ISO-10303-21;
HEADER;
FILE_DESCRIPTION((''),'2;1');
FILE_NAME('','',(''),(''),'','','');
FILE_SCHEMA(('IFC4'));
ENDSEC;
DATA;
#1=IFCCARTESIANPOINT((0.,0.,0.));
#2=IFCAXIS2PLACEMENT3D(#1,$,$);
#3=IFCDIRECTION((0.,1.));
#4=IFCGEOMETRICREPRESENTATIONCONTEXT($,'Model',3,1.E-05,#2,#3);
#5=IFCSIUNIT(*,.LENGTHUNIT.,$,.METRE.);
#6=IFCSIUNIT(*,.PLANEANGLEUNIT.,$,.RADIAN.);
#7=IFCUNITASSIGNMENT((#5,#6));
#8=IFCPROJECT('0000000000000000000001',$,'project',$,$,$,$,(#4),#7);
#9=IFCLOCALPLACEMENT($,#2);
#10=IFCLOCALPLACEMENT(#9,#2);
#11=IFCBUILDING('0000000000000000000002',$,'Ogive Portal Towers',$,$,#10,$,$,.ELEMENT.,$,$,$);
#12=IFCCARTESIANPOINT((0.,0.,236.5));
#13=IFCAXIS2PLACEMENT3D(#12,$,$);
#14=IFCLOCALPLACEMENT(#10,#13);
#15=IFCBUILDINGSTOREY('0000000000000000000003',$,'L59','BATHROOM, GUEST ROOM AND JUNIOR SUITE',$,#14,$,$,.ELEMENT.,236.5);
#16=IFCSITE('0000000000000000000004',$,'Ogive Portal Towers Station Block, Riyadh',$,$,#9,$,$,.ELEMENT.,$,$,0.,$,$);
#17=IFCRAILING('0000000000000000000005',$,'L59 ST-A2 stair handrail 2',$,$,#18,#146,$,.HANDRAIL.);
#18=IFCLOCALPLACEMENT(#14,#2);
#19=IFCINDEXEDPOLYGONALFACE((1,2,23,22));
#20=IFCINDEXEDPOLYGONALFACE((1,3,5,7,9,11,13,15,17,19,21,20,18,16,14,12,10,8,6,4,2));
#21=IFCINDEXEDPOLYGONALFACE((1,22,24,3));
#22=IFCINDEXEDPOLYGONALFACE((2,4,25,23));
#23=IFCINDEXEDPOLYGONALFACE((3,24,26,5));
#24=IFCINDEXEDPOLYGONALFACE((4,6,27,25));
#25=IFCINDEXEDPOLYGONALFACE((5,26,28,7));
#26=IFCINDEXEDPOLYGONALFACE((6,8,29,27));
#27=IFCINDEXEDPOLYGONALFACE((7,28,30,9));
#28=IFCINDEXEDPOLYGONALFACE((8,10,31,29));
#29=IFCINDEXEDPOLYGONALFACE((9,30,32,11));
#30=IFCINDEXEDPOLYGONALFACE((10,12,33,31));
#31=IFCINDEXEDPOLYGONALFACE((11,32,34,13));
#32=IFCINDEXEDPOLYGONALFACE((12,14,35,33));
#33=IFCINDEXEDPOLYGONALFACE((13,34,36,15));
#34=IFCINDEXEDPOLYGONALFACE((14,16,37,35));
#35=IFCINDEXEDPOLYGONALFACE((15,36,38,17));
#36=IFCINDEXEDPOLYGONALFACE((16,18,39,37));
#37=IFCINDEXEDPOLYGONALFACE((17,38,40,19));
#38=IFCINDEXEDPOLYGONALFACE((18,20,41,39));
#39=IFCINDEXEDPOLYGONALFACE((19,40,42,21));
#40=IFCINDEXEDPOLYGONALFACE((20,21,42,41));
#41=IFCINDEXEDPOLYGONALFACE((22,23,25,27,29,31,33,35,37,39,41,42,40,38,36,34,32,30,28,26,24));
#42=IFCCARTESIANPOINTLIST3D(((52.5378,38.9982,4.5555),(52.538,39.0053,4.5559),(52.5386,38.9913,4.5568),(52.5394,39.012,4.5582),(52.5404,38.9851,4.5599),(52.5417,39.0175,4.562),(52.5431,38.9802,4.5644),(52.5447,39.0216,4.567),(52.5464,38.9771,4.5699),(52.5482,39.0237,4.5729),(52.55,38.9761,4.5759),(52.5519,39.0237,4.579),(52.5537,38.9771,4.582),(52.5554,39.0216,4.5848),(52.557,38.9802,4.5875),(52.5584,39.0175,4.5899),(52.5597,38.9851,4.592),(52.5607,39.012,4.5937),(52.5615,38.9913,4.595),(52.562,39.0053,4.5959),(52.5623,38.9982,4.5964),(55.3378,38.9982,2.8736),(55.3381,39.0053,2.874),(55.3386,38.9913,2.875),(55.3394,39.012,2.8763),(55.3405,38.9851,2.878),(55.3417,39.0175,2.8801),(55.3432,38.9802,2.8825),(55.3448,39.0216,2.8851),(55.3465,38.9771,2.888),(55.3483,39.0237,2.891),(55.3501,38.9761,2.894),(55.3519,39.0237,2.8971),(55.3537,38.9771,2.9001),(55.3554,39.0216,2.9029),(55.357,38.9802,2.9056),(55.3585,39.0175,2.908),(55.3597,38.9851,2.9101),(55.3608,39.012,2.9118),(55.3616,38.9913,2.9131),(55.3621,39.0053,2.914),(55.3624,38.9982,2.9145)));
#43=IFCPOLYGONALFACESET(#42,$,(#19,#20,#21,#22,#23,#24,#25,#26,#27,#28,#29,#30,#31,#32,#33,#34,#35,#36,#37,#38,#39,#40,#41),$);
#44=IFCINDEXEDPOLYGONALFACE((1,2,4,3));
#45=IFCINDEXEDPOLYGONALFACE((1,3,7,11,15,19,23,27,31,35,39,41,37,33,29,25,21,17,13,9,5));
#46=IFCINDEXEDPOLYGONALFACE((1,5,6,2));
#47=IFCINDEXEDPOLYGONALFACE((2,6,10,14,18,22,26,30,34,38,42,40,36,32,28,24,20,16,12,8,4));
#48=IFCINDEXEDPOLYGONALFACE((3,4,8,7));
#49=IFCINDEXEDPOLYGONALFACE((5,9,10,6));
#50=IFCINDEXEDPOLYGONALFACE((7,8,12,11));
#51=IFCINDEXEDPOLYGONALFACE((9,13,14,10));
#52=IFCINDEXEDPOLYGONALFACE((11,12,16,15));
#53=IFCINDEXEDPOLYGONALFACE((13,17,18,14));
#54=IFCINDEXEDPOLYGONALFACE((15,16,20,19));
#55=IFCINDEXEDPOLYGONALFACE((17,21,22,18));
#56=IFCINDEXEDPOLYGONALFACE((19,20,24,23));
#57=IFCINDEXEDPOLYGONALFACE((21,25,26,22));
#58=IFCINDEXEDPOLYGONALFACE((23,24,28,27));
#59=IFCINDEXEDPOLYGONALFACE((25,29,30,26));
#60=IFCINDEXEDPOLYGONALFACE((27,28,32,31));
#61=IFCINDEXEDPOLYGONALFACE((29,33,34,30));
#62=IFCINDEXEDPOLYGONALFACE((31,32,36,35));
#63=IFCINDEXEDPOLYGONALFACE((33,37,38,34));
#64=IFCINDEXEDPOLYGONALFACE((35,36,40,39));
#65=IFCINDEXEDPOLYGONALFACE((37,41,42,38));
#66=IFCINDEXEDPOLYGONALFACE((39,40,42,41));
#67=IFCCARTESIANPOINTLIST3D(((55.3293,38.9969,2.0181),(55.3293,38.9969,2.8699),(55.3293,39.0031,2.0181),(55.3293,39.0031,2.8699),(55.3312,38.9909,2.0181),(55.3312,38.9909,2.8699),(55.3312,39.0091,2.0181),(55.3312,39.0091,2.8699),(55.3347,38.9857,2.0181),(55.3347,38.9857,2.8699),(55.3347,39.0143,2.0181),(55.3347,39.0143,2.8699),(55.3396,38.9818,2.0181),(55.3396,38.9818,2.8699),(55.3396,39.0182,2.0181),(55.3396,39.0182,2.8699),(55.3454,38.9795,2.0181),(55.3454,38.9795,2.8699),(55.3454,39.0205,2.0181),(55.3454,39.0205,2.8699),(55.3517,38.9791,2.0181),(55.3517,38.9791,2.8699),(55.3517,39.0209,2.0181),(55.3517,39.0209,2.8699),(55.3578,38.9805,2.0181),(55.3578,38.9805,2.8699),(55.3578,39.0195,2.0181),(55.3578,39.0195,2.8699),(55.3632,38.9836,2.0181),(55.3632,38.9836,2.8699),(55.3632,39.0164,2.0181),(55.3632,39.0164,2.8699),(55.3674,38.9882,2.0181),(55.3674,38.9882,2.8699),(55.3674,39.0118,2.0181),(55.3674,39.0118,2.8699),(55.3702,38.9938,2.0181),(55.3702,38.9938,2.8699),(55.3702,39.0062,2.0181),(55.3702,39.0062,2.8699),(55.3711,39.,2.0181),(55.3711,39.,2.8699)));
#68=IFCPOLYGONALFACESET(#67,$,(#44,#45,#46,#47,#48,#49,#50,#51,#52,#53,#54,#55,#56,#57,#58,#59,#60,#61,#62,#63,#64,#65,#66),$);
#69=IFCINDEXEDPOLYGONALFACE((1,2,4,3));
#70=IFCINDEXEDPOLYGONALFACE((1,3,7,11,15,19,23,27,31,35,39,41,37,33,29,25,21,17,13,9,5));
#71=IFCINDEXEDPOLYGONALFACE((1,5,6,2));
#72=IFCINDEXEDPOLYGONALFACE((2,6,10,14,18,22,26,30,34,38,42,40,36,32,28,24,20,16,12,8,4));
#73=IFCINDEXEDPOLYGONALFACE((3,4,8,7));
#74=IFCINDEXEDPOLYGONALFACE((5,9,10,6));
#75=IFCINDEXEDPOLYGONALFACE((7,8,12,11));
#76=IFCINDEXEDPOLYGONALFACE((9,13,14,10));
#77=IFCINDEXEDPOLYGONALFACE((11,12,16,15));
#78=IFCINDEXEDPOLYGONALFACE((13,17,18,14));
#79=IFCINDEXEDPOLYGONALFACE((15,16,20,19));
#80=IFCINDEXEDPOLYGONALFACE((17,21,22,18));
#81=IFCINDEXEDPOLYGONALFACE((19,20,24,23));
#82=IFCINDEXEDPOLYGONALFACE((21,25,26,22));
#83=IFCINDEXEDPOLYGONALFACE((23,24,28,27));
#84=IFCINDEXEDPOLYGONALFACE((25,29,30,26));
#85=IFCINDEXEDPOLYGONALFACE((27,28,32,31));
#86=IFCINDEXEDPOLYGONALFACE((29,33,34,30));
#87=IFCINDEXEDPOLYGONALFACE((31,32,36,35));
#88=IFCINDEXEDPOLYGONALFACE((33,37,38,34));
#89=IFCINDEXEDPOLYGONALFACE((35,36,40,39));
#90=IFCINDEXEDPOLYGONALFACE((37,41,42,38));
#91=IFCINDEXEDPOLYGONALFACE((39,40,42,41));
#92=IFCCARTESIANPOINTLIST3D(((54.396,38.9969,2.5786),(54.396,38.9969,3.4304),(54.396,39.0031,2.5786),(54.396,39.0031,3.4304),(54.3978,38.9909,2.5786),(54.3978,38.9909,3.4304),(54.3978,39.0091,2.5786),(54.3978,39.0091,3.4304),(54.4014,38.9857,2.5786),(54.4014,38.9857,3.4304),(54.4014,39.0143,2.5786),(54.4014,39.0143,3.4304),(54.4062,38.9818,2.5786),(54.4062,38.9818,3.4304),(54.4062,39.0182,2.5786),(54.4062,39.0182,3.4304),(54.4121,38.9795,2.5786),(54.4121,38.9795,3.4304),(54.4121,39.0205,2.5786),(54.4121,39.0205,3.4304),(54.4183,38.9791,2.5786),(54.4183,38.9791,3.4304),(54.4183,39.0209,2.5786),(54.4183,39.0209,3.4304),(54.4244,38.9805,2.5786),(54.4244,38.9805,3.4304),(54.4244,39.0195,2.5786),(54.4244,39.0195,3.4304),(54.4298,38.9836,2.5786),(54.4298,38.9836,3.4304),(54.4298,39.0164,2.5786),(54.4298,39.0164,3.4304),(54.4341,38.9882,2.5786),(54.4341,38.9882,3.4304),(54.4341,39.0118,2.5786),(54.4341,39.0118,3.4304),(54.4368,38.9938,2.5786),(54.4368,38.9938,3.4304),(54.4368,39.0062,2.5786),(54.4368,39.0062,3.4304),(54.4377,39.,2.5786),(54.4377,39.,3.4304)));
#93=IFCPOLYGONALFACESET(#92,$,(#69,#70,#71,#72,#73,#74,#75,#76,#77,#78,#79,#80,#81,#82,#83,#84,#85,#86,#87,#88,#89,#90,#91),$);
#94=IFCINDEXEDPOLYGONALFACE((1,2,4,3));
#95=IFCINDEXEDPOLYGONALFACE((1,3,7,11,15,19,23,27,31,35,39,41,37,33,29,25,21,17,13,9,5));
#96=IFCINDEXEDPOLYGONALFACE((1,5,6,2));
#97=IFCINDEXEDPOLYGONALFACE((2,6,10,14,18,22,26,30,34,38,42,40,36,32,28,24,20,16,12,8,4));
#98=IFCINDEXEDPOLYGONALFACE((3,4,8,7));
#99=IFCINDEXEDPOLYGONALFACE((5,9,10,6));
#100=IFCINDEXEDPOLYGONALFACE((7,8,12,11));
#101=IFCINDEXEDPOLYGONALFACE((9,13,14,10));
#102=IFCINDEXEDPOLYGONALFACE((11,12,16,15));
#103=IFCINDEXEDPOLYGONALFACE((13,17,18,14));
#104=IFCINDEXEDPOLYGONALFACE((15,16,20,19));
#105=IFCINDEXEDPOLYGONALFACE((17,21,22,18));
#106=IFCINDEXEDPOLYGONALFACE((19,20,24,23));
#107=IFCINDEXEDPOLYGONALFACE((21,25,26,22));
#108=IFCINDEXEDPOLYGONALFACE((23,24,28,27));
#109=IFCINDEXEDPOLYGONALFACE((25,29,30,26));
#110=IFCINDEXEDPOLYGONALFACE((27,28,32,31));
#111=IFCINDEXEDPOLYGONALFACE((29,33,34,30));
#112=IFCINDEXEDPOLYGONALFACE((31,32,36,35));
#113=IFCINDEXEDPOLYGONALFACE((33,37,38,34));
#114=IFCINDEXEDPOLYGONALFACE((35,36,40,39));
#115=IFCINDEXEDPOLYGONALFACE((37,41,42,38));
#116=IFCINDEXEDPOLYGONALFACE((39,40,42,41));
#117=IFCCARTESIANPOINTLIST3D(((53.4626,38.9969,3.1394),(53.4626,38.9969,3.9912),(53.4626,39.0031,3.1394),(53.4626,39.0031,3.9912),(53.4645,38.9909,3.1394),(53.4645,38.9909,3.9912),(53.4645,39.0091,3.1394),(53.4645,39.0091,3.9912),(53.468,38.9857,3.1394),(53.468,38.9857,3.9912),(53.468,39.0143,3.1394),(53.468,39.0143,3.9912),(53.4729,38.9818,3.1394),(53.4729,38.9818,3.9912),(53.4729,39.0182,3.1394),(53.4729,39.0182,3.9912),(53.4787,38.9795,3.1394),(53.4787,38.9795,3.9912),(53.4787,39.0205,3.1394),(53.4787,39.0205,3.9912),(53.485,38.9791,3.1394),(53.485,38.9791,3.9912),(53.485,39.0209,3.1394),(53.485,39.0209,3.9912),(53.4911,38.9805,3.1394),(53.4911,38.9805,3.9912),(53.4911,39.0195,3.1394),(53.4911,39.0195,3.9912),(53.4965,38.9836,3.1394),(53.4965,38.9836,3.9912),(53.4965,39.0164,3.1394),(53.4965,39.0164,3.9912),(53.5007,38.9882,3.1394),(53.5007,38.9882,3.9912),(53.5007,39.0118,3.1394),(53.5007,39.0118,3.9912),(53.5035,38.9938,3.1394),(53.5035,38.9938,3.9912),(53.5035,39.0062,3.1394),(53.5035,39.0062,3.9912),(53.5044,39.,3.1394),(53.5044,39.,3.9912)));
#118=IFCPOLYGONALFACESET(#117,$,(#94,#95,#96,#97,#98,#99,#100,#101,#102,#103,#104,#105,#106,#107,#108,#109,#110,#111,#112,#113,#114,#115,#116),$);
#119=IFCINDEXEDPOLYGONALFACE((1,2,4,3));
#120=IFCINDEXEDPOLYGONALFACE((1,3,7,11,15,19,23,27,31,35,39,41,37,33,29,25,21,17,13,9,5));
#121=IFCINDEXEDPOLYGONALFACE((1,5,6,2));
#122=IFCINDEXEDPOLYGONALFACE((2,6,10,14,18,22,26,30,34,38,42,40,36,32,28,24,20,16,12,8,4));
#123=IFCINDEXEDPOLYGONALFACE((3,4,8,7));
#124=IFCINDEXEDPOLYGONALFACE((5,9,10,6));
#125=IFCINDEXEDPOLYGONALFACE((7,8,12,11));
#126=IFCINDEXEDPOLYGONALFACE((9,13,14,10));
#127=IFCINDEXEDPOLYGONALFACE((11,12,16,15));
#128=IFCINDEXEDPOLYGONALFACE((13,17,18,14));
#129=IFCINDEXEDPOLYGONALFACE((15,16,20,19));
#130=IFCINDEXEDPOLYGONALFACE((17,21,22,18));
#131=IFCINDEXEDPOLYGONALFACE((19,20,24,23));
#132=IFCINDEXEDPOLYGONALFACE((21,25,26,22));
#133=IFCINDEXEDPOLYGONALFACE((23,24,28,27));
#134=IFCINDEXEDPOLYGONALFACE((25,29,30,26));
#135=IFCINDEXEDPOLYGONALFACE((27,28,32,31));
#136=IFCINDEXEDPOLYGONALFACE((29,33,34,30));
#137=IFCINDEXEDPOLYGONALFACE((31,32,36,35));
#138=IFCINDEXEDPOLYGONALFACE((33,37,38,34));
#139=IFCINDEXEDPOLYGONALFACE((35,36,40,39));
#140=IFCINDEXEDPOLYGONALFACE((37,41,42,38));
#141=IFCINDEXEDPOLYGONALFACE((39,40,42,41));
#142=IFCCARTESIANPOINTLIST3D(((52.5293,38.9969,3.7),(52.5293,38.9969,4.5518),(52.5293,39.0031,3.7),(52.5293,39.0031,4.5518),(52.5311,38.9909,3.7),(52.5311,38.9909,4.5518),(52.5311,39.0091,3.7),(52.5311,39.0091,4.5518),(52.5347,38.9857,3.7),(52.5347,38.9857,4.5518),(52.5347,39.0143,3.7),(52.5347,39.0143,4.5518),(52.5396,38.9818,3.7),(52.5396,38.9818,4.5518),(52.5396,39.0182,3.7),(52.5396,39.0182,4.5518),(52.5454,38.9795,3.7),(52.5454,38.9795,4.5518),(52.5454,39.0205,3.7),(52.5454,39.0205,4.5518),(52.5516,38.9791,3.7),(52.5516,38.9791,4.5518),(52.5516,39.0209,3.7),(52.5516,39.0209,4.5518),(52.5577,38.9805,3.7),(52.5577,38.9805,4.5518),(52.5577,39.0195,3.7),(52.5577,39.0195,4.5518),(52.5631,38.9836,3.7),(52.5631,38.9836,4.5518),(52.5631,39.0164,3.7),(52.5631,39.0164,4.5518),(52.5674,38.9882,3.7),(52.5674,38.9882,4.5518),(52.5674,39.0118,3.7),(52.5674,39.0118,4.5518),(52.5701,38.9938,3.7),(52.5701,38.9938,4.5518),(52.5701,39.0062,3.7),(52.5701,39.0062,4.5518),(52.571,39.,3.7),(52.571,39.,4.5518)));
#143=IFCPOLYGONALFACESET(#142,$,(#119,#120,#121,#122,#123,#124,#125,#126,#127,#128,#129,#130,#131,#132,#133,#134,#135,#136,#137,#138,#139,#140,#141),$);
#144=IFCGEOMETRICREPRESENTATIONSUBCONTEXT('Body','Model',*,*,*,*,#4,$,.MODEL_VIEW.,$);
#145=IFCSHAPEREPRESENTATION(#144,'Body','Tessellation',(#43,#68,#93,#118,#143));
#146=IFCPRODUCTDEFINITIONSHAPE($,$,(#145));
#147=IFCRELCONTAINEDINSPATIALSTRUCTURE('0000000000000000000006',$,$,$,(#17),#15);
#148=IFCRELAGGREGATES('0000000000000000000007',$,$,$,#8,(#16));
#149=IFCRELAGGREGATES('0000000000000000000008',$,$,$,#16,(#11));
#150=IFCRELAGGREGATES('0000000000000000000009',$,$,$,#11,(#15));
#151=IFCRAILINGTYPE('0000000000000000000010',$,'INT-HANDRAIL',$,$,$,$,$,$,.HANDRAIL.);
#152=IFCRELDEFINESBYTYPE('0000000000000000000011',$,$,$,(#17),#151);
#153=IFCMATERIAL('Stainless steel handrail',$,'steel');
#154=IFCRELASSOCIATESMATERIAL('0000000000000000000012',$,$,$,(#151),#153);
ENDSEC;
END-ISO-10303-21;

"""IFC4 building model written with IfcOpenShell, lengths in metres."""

from ifc_helpers import new_model, si_unit, direction, frame, origin, origin_2d, place, context, subcontext, project, spatial, circle, extrude, material, type_object, element, save


model = new_model("IFC4")

# Units and contexts
model_context = context("Model", 3, precision=1e-05, world=origin(), true_north=direction((0.0, 1.0)))
body_context = subcontext(model_context, "Body", "Model", "MODEL_VIEW")
ifc_project = project(units=[si_unit("LENGTHUNIT", "METRE"), si_unit("PLANEANGLEUNIT", "RADIAN")], contexts=[model_context])

# Site, building, storey
site_placement = place(None, origin())
site = spatial("IfcSite", under=ifc_project, at=site_placement, Name="Ogive Portal Towers Station Block, Riyadh", CompositionType="ELEMENT", RefElevation=0.0)
building_placement = place(site_placement, origin())
building = spatial("IfcBuilding", under=site, at=building_placement, Name="Ogive Portal Towers", CompositionType="ELEMENT")
storey_placement = place(building_placement, frame((0.0, 0.0, 236.5)))
storey = spatial("IfcBuildingStorey", under=building, at=storey_placement, Name="L59", Description="BATHROOM, GUEST ROOM AND JUNIOR SUITE", CompositionType="ELEMENT", Elevation=236.5)

# Railing
ifc_material_1 = material(Name="Stainless steel handrail", Category="steel")
railing_type_1 = type_object("IfcRailingType", Name="INT-HANDRAIL", PredefinedType="HANDRAIL", material=ifc_material_1)
railing_1_placement = place(storey_placement, frame((55.3501, 39.0, 2.0181)))
element("IfcRailing", 1, at=railing_1_placement, inside=storey, type_object=railing_type_1, Name="L59 ST-A2 stair handrail 2", PredefinedType="HANDRAIL", context=body_context, shape_type="SweptSolid", body=[
    extrude(circle(Radius=0.0239, at=origin_2d()), frame((0.0, 0.0, 0.876), z_axis=(-0.857242, 0.0, 0.514913), x_axis=(0.0, -1.0, 0.0)), (0.0, 0.0, 1.0), 3.2664),
    extrude(circle(Radius=0.021, at=origin_2d()), origin(), (0.0, 0.0, 1.0), 0.8518),
    extrude(circle(Radius=0.021, at=origin_2d()), frame((-0.9333, 0.0, 0.5605)), (0.0, 0.0, 1.0), 0.8518),
    extrude(circle(Radius=0.021, at=origin_2d()), frame((-1.8667, 0.0, 1.1213)), (0.0, 0.0, 1.0), 0.8518),
    extrude(circle(Radius=0.021, at=origin_2d()), frame((-2.8, 0.0, 1.6819)), (0.0, 0.0, 1.0), 0.8518),
])

save(model, "model.ifc")
